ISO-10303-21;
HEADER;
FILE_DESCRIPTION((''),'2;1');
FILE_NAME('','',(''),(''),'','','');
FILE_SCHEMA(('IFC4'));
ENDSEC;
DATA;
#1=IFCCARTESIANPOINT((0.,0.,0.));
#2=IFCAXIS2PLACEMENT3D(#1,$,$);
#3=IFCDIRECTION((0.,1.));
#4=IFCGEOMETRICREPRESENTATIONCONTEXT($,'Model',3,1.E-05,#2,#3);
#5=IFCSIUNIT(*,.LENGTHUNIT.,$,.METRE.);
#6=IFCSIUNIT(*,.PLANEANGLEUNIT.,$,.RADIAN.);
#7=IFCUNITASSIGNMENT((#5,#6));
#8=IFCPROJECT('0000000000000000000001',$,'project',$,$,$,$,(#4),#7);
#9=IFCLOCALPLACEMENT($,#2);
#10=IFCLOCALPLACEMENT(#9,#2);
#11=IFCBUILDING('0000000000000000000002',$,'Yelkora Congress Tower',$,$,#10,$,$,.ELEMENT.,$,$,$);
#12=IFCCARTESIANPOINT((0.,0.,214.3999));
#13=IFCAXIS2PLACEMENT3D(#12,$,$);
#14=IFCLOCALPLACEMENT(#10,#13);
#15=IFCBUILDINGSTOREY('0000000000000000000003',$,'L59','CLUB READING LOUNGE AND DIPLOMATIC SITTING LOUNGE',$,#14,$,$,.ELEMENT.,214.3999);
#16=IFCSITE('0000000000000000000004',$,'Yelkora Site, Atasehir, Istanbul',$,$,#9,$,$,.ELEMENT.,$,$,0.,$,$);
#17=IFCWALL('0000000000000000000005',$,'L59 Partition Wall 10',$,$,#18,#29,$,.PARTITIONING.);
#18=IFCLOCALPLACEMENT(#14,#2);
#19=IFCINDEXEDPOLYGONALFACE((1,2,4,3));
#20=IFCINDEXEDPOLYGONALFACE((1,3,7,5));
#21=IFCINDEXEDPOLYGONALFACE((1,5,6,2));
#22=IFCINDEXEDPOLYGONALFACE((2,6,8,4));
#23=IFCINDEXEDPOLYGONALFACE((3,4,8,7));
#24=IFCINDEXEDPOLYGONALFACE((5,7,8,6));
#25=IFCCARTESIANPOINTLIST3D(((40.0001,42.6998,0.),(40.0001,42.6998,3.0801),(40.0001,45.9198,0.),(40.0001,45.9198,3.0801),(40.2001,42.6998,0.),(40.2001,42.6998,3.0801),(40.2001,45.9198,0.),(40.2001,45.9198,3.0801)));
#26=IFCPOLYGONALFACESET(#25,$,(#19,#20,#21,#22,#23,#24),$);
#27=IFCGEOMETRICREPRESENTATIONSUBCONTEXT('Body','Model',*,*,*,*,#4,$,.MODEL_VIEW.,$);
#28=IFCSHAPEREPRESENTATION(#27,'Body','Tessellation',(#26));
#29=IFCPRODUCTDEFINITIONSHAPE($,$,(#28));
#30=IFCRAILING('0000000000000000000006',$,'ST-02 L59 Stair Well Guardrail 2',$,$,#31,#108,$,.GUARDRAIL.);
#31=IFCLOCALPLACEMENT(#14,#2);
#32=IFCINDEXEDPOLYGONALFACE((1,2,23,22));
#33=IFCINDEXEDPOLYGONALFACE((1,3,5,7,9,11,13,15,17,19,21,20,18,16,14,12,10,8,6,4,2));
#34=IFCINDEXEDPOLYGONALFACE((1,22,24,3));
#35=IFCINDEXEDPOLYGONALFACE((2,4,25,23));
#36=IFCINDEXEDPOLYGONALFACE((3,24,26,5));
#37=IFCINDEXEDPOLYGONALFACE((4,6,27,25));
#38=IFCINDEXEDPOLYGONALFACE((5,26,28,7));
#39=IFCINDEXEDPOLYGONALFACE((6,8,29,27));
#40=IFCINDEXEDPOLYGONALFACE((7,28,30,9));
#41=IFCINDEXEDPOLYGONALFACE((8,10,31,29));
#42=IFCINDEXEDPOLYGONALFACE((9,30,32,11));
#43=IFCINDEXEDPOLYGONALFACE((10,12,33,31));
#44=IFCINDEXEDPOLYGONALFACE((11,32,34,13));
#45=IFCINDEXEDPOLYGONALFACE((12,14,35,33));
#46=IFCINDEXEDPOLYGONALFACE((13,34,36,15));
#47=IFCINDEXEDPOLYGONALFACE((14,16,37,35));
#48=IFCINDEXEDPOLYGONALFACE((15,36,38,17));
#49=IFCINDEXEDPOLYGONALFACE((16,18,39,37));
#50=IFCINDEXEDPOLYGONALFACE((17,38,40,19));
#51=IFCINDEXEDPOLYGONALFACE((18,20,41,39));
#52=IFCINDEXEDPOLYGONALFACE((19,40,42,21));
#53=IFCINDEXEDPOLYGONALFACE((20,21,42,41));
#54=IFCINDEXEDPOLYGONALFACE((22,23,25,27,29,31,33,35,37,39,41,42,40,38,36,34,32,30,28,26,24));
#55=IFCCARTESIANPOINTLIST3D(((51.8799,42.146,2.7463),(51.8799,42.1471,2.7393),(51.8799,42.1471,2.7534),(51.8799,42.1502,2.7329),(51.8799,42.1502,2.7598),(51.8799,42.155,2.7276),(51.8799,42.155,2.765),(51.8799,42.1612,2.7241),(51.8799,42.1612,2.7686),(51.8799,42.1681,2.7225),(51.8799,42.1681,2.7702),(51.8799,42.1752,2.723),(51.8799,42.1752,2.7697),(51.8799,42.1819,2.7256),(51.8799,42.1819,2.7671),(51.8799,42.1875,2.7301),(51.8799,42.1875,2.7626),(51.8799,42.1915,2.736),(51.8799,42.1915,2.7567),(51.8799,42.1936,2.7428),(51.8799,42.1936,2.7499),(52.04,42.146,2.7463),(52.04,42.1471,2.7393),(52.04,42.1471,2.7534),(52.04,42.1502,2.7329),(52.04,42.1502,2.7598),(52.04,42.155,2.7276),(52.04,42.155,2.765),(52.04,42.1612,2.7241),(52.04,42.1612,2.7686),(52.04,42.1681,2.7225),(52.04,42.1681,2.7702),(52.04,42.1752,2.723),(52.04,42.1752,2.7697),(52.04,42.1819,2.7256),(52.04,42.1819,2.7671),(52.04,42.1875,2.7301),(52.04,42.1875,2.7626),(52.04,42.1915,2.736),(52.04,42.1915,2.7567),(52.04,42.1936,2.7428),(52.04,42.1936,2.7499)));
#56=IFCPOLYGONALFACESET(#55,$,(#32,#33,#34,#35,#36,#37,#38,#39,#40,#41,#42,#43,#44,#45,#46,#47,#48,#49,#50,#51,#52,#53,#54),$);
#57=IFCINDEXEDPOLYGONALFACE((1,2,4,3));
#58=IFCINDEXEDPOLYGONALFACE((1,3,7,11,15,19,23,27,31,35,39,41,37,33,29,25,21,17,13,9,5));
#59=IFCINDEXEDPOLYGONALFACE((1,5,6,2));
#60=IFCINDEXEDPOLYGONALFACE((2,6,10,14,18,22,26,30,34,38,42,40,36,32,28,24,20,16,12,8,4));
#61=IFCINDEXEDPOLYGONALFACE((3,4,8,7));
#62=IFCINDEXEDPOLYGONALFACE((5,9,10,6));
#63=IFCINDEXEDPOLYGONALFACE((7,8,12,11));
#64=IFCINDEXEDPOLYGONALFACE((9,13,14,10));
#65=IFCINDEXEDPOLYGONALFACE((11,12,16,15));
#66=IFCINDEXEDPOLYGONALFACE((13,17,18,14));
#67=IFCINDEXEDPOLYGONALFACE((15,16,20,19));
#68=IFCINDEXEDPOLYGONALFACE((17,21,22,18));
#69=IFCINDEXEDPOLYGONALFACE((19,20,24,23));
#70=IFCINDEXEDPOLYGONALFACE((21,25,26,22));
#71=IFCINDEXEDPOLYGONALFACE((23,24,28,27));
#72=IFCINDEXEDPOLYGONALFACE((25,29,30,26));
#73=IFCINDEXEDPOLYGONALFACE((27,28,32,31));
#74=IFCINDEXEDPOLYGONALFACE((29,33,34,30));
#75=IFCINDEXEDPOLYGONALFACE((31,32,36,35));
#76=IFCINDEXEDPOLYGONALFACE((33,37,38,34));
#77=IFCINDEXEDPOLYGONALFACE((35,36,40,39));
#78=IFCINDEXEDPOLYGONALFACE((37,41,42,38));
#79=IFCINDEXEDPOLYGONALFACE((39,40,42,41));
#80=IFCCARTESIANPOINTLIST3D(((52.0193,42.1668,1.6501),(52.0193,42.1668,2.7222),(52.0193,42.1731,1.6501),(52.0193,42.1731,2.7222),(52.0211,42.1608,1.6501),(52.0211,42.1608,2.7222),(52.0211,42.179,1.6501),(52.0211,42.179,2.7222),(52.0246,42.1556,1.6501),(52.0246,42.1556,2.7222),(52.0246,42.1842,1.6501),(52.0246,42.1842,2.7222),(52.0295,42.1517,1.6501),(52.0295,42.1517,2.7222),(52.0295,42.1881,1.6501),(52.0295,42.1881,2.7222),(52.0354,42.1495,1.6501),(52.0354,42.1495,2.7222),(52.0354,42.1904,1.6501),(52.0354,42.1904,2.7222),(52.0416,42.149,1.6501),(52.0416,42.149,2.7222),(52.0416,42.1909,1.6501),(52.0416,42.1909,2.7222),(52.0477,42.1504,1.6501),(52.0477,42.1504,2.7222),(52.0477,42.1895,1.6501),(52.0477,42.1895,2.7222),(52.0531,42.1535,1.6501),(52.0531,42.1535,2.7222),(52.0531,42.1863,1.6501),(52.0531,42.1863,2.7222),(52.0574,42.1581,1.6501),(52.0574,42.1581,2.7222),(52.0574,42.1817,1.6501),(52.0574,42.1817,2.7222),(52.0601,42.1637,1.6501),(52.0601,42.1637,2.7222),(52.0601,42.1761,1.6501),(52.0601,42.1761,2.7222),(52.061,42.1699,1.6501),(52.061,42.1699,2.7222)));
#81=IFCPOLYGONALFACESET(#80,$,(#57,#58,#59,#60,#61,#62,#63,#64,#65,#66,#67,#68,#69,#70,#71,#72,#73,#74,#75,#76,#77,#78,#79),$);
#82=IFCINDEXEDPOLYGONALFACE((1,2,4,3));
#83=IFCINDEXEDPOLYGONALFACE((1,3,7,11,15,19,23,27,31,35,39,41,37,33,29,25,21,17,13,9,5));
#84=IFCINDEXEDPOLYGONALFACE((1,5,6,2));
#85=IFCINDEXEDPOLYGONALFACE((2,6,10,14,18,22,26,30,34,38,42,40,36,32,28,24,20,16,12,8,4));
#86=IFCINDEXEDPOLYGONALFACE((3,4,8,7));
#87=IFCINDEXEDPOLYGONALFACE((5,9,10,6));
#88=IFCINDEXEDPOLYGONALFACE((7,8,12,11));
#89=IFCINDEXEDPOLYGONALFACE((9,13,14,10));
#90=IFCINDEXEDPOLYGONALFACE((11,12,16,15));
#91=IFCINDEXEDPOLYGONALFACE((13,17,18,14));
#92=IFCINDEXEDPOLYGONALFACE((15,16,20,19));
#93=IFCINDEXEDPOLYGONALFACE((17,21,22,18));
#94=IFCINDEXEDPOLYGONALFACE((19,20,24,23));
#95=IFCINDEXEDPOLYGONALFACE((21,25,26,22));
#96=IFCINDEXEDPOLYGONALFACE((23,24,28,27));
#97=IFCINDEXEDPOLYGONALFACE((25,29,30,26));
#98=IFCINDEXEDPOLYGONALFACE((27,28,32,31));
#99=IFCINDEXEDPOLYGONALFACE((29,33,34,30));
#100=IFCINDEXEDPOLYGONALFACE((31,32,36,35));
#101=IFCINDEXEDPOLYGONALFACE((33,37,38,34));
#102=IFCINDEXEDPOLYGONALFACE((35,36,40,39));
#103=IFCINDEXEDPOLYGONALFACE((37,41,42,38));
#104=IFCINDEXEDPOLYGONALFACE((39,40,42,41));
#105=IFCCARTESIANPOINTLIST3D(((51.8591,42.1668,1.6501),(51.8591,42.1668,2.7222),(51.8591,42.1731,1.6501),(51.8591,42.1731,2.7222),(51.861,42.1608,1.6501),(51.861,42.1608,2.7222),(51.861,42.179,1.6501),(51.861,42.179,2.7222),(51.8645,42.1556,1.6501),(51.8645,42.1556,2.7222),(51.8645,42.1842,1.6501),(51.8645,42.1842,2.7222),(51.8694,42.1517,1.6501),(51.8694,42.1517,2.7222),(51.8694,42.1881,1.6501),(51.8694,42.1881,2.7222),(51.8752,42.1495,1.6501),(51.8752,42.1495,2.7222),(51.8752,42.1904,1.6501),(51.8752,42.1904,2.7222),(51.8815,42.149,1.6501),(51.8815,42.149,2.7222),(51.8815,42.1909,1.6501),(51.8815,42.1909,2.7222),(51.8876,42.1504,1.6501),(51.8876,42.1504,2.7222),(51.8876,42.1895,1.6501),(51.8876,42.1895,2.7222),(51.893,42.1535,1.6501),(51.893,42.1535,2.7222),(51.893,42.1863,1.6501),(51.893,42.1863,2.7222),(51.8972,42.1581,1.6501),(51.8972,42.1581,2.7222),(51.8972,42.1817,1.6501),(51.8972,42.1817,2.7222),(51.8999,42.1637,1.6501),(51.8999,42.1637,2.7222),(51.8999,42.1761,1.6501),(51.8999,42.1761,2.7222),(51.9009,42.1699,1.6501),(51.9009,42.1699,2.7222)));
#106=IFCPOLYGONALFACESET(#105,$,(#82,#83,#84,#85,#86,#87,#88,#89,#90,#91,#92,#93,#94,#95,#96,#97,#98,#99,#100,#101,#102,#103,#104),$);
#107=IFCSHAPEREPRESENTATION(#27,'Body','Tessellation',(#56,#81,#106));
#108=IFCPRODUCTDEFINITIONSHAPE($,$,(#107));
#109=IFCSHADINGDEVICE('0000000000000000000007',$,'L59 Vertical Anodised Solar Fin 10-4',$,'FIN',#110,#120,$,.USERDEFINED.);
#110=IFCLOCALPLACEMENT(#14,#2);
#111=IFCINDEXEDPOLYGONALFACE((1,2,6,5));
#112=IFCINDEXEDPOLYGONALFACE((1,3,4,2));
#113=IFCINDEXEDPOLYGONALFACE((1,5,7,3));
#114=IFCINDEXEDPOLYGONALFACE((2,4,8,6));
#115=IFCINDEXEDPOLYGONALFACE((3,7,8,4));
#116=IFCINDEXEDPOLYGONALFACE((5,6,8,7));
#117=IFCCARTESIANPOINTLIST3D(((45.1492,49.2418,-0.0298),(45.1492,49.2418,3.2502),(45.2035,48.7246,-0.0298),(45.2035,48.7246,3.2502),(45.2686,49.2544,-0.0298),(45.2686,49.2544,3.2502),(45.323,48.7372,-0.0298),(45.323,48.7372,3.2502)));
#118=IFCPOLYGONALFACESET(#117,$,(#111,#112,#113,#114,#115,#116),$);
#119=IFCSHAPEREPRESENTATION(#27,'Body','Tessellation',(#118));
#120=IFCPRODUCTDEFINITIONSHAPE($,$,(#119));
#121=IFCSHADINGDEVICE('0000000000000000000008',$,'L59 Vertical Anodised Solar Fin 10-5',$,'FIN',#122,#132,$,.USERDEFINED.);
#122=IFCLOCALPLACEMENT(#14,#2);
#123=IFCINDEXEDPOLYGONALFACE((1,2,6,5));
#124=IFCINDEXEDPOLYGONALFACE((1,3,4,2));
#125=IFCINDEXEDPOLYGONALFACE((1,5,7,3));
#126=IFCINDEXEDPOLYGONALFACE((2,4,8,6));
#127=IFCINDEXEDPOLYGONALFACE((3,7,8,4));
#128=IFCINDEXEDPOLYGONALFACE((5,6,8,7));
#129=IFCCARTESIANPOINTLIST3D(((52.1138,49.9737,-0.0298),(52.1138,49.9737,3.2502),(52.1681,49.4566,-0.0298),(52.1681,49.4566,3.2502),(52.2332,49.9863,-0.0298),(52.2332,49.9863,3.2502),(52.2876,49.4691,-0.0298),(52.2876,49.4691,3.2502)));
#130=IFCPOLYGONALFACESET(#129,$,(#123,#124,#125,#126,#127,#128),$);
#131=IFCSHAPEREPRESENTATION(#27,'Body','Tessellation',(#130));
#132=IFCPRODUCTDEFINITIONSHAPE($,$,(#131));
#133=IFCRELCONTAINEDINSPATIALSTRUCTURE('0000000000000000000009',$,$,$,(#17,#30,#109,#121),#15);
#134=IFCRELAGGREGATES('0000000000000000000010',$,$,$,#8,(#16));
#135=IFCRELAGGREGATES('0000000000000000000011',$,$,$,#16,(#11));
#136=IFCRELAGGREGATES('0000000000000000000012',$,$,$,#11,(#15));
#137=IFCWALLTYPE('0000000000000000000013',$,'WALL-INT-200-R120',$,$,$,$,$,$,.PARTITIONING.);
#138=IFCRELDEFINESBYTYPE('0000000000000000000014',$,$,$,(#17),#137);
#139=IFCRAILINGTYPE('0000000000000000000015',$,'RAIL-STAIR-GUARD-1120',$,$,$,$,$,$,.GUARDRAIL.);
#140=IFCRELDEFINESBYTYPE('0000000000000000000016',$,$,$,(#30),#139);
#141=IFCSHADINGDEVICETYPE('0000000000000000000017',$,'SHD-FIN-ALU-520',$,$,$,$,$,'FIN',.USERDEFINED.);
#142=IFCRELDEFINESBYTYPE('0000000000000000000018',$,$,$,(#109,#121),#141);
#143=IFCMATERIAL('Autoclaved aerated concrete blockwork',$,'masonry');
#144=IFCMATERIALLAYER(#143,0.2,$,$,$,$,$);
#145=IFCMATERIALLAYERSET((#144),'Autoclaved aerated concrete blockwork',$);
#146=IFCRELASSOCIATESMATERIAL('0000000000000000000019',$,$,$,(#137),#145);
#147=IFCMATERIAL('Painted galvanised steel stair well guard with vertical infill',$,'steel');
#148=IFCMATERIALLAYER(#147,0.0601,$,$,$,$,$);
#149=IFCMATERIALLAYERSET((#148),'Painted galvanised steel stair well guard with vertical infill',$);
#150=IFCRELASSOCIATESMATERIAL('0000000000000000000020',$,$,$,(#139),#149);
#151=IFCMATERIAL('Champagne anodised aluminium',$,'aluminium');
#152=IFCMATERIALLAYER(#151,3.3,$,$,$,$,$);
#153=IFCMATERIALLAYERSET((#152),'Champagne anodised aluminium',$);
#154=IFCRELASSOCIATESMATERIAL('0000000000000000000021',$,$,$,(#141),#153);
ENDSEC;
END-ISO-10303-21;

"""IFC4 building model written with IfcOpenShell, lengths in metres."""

from ifc_helpers import new_model, si_unit, direction, frame, frame_2d, origin, origin_2d, place, context, subcontext, project, spatial, rectangle, circle, extrude, material, layer, layer_set, type_object, element, save


model = new_model("IFC4")

# Units and contexts
model_context = context("Model", 3, precision=1e-05, world=origin(), true_north=direction((0.0, 1.0)))
body_context = subcontext(model_context, "Body", "Model", "MODEL_VIEW")
ifc_project = project(units=[si_unit("LENGTHUNIT", "METRE"), si_unit("PLANEANGLEUNIT", "RADIAN")], contexts=[model_context])

# Site, building, storey
site_placement = place(None, origin())
site = spatial("IfcSite", under=ifc_project, at=site_placement, Name="Yelkora Site, Atasehir, Istanbul", CompositionType="ELEMENT", RefElevation=0.0)
building_placement = place(site_placement, origin())
building = spatial("IfcBuilding", under=site, at=building_placement, Name="Yelkora Congress Tower", CompositionType="ELEMENT")
storey_placement = place(building_placement, frame((0.0, 0.0, 214.3999)))
storey = spatial("IfcBuildingStorey", under=building, at=storey_placement, Name="L59", Description="CLUB READING LOUNGE AND DIPLOMATIC SITTING LOUNGE", CompositionType="ELEMENT", Elevation=214.3999)

# Wall
ifc_material_1 = material(Name="Autoclaved aerated concrete blockwork", Category="masonry")
ifc_layer_1 = layer(ifc_material_1, 0.2)
ifc_layer_set_1 = layer_set([ifc_layer_1], Name="Autoclaved aerated concrete blockwork")
wall_type_1 = type_object("IfcWallType", Name="WALL-INT-200-R120", PredefinedType="PARTITIONING", material=ifc_layer_set_1)
wall_1_placement = place(storey_placement, frame((40.1001, 42.7, 0.0), z_axis=(0.0, 0.0, 1.0), x_axis=(0.0, 1.0, 0.0)))
element("IfcWall", 1, at=wall_1_placement, inside=storey, type_object=wall_type_1, Name="L59 Partition Wall 10", PredefinedType="PARTITIONING", context=body_context, shape_type="SweptSolid", body=[
    extrude(rectangle(XDim=3.22, YDim=0.2, at=frame_2d((1.6099, 0.0))), origin(), (0.0, 0.0, 1.0), 3.0801),
])

# Railing
ifc_material_2 = material(Name="Painted galvanised steel stair well guard with vertical infill", Category="steel")
ifc_layer_2 = layer(ifc_material_2, 0.0601)
ifc_layer_set_2 = layer_set([ifc_layer_2], Name="Painted galvanised steel stair well guard with vertical infill")
railing_type = type_object("IfcRailingType", Name="RAIL-STAIR-GUARD-1120", PredefinedType="GUARDRAIL", material=ifc_layer_set_2)
railing_placement = place(storey_placement, frame((52.04, 42.1699, 1.6501)))
element("IfcRailing", 2, at=railing_placement, inside=storey, type_object=railing_type, Name="ST-02 L59 Stair Well Guardrail 2", PredefinedType="GUARDRAIL", context=body_context, shape_type="SweptSolid", body=[
    extrude(circle(Radius=0.0239, at=origin_2d()), frame((0.0, 0.0, 1.0962), z_axis=(-1.0, 0.0, 0.0), x_axis=(0.0, -1.0, 0.0)), (0.0, 0.0, 1.0), 0.1602),
    extrude(circle(Radius=0.021, at=origin_2d()), origin(), (0.0, 0.0, 1.0), 1.072),
    extrude(circle(Radius=0.021, at=origin_2d()), frame((-0.1602, 0.0, 0.0)), (0.0, 0.0, 1.0), 1.072),
])

# Shading devices
ifc_material_3 = material(Name="Champagne anodised aluminium", Category="aluminium")
ifc_layer_3 = layer(ifc_material_3, 3.3)
ifc_layer_set_3 = layer_set([ifc_layer_3], Name="Champagne anodised aluminium")
shading_device_type = type_object("IfcShadingDeviceType", Name="SHD-FIN-ALU-520", ElementType="FIN", PredefinedType="USERDEFINED", material=ifc_layer_set_3)
for number, where, z_axis, x_axis, name in (
    (3, (45.2361, 48.9895, -0.0298), (0.0, 0.0, 1.0), (0.994522, 0.104528, 0.0), "L59 Vertical Anodised Solar Fin 10-4"),
    (4, (52.2007, 49.7214, -0.0298), (0.0, 0.0, 1.0), (0.994522, 0.104528, 0.0), "L59 Vertical Anodised Solar Fin 10-5"),
):
    element("IfcShadingDevice", number, at=place(storey_placement, frame(where, z_axis=z_axis, x_axis=x_axis)), inside=storey, type_object=shading_device_type, Name=name, ObjectType="FIN", PredefinedType="USERDEFINED", context=body_context, shape_type="SweptSolid", body=[
        extrude(rectangle(XDim=0.1201, YDim=0.52, at=origin_2d()), origin(), (0.0, 0.0, 1.0), 3.28),
    ])

save(model, "model.ifc")
